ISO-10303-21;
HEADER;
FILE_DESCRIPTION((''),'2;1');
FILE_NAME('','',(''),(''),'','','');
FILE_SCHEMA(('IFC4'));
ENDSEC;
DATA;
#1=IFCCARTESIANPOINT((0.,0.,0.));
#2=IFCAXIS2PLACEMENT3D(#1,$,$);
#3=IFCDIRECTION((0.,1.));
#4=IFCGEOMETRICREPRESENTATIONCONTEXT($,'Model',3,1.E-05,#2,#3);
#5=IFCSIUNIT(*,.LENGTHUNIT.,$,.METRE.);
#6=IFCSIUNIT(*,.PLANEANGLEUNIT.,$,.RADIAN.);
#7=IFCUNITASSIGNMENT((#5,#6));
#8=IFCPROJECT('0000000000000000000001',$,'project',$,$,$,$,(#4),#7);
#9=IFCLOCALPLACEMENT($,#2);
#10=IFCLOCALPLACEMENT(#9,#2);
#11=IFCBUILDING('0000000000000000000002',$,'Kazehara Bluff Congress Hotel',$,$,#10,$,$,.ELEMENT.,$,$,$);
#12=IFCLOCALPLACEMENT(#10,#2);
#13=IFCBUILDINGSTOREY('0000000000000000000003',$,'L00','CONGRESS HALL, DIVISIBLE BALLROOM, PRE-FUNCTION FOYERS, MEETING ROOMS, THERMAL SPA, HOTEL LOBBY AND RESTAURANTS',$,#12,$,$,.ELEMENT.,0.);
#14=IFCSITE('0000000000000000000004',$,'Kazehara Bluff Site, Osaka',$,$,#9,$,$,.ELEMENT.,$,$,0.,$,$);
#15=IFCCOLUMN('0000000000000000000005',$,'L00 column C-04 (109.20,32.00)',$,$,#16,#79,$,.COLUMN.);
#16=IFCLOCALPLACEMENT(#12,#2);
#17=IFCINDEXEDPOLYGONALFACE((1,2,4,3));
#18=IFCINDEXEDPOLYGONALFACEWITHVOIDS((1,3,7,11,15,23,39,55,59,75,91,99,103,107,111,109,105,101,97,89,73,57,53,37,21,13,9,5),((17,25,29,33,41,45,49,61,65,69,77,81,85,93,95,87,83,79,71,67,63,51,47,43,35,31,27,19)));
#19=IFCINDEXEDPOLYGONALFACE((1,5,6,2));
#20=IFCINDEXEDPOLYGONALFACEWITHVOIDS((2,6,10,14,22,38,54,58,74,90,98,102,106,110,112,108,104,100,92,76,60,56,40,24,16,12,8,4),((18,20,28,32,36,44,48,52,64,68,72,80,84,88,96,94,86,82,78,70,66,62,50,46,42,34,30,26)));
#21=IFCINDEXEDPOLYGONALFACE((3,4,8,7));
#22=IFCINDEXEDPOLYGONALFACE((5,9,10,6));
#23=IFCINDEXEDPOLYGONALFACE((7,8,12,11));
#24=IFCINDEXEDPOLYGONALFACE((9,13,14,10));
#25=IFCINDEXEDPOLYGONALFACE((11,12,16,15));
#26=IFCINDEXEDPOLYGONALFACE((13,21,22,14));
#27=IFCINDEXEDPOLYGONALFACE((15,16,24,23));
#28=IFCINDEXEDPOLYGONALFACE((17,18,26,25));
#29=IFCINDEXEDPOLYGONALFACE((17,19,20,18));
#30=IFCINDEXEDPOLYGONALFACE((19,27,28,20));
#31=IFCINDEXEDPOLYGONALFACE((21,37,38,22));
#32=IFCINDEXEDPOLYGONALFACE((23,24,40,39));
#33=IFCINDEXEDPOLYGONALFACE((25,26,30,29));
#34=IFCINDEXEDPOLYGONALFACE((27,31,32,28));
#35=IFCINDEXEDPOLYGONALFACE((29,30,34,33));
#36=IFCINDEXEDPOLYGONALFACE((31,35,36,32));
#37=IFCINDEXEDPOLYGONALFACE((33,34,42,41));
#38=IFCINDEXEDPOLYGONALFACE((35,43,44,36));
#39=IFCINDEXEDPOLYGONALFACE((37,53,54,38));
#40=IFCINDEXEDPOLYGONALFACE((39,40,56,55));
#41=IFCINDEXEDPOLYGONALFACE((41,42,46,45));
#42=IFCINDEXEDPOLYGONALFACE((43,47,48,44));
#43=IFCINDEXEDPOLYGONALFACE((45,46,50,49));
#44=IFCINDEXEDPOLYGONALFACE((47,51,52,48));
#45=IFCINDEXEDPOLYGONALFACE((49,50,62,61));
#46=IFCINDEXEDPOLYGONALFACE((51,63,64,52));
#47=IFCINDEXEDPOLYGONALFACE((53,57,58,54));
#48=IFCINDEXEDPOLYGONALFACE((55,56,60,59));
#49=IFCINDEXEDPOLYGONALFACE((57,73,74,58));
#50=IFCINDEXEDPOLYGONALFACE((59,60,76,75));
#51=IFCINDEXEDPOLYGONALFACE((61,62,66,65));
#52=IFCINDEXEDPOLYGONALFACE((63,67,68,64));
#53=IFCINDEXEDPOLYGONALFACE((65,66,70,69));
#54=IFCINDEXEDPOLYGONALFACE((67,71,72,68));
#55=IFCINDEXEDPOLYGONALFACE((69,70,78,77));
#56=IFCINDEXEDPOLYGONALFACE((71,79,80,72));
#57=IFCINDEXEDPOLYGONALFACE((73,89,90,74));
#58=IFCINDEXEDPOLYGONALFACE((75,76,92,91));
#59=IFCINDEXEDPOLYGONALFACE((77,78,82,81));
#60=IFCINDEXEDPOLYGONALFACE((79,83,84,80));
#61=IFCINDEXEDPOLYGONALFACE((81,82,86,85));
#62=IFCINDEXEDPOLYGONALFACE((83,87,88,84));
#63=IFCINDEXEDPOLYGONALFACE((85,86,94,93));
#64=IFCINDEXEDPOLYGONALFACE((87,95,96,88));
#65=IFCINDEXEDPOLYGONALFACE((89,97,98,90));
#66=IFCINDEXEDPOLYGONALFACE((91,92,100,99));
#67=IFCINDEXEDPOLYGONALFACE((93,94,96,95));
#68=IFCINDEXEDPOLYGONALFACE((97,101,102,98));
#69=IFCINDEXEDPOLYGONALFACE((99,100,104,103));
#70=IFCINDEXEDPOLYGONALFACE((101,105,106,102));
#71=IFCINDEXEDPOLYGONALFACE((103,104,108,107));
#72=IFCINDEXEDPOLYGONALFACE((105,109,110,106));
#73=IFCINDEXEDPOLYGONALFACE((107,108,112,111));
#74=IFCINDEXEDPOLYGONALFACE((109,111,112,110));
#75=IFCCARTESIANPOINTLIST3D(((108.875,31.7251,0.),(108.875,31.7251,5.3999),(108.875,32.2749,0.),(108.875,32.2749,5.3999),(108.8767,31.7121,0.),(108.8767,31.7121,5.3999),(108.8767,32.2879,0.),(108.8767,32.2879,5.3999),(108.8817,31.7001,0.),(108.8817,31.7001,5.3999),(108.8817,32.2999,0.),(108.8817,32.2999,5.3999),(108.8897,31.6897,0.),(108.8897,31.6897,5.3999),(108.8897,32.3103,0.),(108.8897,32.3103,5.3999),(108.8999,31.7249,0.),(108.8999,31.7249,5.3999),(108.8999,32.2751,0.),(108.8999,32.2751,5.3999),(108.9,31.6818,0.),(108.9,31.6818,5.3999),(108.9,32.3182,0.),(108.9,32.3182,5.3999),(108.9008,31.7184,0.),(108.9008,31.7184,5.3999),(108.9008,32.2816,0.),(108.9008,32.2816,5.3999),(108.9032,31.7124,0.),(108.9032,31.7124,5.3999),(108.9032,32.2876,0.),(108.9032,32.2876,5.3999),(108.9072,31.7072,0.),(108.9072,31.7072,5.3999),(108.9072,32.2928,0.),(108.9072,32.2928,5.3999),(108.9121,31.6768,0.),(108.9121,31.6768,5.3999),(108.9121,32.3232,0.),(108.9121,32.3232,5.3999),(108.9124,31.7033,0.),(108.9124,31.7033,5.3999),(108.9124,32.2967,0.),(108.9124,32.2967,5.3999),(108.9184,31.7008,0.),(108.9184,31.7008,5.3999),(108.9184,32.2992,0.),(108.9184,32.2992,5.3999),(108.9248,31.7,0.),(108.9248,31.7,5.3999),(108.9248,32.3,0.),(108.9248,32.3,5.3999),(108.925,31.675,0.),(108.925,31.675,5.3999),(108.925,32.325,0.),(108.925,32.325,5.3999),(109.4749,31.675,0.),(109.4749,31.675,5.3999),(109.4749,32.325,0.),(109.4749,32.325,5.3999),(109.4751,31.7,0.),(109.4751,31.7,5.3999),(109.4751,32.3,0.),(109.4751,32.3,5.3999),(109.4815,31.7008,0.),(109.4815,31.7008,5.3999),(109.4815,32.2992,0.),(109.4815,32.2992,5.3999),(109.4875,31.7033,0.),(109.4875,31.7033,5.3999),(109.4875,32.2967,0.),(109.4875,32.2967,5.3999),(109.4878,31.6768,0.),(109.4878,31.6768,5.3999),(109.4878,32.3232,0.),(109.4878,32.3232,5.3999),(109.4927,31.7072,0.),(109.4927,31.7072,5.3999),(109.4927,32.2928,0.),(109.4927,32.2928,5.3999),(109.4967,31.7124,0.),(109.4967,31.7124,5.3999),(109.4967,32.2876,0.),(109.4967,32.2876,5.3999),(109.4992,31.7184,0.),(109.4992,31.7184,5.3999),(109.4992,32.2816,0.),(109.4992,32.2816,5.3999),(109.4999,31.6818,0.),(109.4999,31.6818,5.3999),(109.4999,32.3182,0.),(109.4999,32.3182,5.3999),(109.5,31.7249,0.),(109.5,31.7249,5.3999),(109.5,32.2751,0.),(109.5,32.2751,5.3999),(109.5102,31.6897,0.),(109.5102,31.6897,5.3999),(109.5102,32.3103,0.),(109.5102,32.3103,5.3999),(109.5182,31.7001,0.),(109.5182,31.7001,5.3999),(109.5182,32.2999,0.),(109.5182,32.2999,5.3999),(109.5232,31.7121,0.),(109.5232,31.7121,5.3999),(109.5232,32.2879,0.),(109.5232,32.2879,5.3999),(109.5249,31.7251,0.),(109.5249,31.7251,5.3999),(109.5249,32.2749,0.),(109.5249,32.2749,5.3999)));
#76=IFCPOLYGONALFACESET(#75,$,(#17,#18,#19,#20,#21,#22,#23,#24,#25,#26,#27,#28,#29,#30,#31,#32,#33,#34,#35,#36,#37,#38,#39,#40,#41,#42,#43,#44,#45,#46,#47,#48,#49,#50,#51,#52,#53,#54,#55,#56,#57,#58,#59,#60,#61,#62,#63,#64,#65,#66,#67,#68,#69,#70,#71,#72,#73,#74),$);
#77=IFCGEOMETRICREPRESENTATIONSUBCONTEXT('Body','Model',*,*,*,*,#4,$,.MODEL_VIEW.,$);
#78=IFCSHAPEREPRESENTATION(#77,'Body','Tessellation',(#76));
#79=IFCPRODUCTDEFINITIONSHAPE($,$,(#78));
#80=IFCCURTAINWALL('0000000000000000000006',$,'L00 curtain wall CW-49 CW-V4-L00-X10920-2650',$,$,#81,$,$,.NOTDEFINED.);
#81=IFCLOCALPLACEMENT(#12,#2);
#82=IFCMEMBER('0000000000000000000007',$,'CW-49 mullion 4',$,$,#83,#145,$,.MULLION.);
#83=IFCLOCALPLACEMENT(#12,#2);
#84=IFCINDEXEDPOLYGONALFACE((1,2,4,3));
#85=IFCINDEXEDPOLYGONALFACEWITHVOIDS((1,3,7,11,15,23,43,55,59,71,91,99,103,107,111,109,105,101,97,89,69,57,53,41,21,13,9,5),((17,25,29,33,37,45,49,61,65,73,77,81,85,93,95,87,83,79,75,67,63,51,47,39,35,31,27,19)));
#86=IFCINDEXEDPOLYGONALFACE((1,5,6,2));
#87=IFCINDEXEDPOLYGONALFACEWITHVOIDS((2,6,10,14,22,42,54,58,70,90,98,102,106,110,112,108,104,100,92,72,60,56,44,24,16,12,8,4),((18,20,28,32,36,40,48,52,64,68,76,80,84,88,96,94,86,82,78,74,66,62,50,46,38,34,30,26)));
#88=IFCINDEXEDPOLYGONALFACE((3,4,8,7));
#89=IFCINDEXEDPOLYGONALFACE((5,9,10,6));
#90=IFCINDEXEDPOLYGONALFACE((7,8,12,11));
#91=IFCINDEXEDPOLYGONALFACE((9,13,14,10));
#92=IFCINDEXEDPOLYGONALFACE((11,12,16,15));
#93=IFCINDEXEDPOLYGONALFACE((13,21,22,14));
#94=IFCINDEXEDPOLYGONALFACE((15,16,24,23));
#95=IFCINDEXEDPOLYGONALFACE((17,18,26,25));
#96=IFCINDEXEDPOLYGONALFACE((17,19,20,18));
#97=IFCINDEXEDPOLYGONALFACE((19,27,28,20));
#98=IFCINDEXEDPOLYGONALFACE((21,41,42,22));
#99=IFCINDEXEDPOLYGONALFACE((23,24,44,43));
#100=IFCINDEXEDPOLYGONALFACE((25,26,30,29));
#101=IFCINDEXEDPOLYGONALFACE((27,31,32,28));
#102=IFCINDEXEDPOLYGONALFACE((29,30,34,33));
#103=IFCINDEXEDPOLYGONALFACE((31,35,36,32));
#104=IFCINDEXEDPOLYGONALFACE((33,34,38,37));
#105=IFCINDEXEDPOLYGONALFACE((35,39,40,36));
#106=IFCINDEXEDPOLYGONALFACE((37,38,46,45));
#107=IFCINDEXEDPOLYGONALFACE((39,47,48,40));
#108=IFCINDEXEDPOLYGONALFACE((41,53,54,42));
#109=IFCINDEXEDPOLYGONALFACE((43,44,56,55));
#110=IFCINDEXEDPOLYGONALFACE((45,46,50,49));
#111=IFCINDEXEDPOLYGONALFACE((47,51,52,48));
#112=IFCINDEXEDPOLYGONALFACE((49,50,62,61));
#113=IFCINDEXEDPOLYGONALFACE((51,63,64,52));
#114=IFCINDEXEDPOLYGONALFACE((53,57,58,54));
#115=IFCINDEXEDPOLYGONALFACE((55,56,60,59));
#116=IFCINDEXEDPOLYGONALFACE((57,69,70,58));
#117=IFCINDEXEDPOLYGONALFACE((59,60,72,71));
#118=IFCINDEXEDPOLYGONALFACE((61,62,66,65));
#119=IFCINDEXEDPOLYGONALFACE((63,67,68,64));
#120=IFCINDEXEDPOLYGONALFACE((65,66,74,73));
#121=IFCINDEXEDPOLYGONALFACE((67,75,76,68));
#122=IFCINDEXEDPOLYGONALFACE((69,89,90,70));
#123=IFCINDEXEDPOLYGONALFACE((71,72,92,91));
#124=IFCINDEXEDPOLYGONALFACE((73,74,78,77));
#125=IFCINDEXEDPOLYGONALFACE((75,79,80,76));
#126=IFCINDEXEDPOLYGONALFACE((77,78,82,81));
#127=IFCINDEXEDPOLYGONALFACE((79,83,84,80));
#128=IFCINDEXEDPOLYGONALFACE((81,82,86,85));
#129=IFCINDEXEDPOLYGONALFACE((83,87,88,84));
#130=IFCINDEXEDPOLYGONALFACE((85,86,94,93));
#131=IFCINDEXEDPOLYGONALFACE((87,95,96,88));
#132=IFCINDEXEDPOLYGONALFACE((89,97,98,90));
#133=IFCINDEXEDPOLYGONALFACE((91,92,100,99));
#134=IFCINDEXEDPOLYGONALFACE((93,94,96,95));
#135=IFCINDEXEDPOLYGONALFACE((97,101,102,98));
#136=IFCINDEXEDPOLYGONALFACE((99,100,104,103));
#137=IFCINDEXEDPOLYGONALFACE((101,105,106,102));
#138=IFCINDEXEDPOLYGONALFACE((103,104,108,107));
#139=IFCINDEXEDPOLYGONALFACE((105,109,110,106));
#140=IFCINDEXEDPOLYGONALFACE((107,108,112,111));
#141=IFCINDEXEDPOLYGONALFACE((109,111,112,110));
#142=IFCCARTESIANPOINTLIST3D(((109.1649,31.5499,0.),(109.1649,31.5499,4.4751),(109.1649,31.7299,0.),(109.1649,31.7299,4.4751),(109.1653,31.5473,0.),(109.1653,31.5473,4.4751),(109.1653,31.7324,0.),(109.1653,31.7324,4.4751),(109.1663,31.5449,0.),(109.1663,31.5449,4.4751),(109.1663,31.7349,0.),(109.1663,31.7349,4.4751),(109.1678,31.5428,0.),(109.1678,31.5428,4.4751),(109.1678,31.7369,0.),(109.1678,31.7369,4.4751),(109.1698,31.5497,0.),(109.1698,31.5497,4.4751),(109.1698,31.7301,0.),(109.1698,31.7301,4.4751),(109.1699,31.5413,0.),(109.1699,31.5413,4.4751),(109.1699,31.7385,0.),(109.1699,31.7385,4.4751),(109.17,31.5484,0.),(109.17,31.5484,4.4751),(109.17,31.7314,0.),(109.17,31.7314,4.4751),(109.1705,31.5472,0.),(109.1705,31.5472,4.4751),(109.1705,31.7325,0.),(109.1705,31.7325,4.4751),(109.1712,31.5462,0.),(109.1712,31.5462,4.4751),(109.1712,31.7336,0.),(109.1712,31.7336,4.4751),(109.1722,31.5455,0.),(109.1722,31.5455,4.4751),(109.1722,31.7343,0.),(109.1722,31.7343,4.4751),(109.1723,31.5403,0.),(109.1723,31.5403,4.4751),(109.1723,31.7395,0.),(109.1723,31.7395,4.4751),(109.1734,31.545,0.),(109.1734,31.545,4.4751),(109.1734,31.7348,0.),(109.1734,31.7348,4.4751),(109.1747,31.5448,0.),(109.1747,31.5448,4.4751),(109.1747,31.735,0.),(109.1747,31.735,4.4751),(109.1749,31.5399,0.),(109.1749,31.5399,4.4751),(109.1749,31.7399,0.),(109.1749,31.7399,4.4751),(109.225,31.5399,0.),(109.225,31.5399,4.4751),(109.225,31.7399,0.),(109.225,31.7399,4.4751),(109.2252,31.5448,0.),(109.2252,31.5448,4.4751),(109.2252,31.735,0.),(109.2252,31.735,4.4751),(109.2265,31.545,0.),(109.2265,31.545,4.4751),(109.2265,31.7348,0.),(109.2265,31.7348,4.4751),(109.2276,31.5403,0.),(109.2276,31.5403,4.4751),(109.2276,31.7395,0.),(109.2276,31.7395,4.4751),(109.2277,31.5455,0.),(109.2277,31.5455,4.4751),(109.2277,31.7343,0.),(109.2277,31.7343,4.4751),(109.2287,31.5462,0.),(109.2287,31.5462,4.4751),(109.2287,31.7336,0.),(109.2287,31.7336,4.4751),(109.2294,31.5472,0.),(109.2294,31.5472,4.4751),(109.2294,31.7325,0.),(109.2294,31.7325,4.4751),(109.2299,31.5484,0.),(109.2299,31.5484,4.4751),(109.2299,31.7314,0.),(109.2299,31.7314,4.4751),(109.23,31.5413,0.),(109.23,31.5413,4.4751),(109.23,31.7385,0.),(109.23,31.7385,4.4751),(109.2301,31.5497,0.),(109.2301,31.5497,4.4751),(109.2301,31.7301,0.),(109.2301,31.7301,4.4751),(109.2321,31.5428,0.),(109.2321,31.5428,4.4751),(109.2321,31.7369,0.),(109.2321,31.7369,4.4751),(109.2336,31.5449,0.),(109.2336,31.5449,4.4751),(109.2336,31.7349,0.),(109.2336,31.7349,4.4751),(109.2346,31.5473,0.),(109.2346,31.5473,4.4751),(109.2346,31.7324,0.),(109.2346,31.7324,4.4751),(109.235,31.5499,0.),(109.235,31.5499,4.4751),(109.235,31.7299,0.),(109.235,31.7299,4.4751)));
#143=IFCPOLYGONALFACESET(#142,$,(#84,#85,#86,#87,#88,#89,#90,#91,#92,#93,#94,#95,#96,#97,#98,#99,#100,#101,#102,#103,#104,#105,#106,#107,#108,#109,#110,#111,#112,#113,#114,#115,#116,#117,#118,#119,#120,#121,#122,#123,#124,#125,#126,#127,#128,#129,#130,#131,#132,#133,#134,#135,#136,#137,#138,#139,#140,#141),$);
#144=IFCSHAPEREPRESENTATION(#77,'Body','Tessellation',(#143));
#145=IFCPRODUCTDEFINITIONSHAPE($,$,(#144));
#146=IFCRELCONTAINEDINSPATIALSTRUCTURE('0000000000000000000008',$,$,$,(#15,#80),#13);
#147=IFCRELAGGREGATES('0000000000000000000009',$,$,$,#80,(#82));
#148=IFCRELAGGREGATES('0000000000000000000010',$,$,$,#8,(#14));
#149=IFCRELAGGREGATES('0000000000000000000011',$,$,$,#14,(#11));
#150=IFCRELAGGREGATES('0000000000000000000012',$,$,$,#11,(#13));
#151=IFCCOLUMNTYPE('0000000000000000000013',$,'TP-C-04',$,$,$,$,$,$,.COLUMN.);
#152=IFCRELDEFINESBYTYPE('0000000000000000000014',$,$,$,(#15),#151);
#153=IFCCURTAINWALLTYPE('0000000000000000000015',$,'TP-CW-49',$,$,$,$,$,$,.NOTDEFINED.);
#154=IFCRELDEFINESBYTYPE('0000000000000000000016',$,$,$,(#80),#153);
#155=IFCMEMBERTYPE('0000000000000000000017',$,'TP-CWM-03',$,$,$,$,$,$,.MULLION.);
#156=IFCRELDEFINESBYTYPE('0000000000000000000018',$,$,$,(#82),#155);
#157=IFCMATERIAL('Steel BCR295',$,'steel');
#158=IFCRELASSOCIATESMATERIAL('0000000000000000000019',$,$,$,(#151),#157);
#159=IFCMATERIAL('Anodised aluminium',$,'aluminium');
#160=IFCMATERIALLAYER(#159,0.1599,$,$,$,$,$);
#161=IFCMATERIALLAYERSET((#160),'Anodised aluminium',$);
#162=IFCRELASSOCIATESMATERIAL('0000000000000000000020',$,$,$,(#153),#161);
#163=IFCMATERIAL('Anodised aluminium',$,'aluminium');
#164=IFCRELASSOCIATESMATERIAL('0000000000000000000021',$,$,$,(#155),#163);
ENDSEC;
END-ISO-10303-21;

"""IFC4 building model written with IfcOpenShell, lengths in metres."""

from ifc_helpers import new_model, si_unit, direction, frame, origin, origin_2d, place, context, subcontext, project, spatial, hollow_rectangle, extrude, material, layer, layer_set, material_profile, profile_set, type_object, element, aggregate, save


model = new_model("IFC4")

# Units and contexts
model_context = context("Model", 3, precision=1e-05, world=origin(), true_north=direction((0.0, 1.0)))
body_context = subcontext(model_context, "Body", "Model", "MODEL_VIEW")
ifc_project = project(units=[si_unit("LENGTHUNIT", "METRE"), si_unit("PLANEANGLEUNIT", "RADIAN")], contexts=[model_context])

# Site, building, storey
site_placement = place(None, origin())
site = spatial("IfcSite", under=ifc_project, at=site_placement, Name="Kazehara Bluff Site, Osaka", CompositionType="ELEMENT", RefElevation=0.0)
building_placement = place(site_placement, origin())
building = spatial("IfcBuilding", under=site, at=building_placement, Name="Kazehara Bluff Congress Hotel", CompositionType="ELEMENT")
storey_placement = place(building_placement, origin())
storey = spatial("IfcBuildingStorey", under=building, at=storey_placement, Name="L00", Description="CONGRESS HALL, DIVISIBLE BALLROOM, PRE-FUNCTION FOYERS, MEETING ROOMS, THERMAL SPA, HOTEL LOBBY AND RESTAURANTS", CompositionType="ELEMENT", Elevation=0.0)

# Column
ifc_material_1 = material(Name="Steel BCR295", Category="steel")
ifc_material_profile_1 = material_profile(ifc_material_1, hollow_rectangle(XDim=0.6499, YDim=0.6499, WallThickness=0.0249, InnerFilletRadius=0.0249, OuterFilletRadius=0.05, at=origin_2d()))
ifc_profile_set_1 = profile_set([ifc_material_profile_1], Name="Steel BCR295")
column_type = type_object("IfcColumnType", Name="TP-C-04", PredefinedType="COLUMN", material=ifc_profile_set_1)
column_placement = place(storey_placement, frame((109.2, 32.0, 0.0), z_axis=(0.0, 0.0, 1.0), x_axis=(1.0, 0.0, 0.0)))
element("IfcColumn", 1, at=column_placement, inside=storey, type_object=column_type, Name="L00 column C-04 (109.20,32.00)", PredefinedType="COLUMN", context=body_context, shape_type="SweptSolid", body=[
    extrude(hollow_rectangle(XDim=0.6499, YDim=0.6499, WallThickness=0.0249, InnerFilletRadius=0.0249, OuterFilletRadius=0.05, at=origin_2d()), origin(), (0.0, 0.0, 1.0), 5.3999),
])

# Curtain wall, member
ifc_material_2 = material(Name="Anodised aluminium", Category="aluminium")
ifc_layer_1 = layer(ifc_material_2, 0.1599)
ifc_layer_set_1 = layer_set([ifc_layer_1], Name="Anodised aluminium")
curtain_wall_type_1 = type_object("IfcCurtainWallType", Name="TP-CW-49", PredefinedType="NOTDEFINED", material=ifc_layer_set_1)
curtain_wall_1_placement = place(storey_placement, origin())
curtain_wall_1 = element("IfcCurtainWall", 2, at=curtain_wall_1_placement, inside=storey, type_object=curtain_wall_type_1, Name="L00 curtain wall CW-49 CW-V4-L00-X10920-2650", PredefinedType="NOTDEFINED")
ifc_material_3 = material(Name="Anodised aluminium", Category="aluminium")
ifc_material_profile_2 = material_profile(ifc_material_3, hollow_rectangle(XDim=0.0701, YDim=0.2, WallThickness=0.0049, InnerFilletRadius=0.0049, OuterFilletRadius=0.01, at=origin_2d()))
ifc_profile_set_2 = profile_set([ifc_material_profile_2], Name="Anodised aluminium")
member_type_1 = type_object("IfcMemberType", Name="TP-CWM-03", PredefinedType="MULLION", material=ifc_profile_set_2)
member_1_placement = place(storey_placement, frame((109.2, 31.6399, 0.0), z_axis=(0.0, 0.0, 1.0), x_axis=(-1.0, 0.0, 0.0)))
member_1 = element("IfcMember", 3, at=member_1_placement, type_object=member_type_1, Name="CW-49 mullion 4", PredefinedType="MULLION", context=body_context, shape_type="SweptSolid", body=[
    extrude(hollow_rectangle(XDim=0.0701, YDim=0.2, WallThickness=0.0049, InnerFilletRadius=0.0049, OuterFilletRadius=0.01, at=origin_2d()), origin(), (0.0, 0.0, 1.0), 4.4751),
])
aggregate(curtain_wall_1, [member_1])

save(model, "model.ifc")
